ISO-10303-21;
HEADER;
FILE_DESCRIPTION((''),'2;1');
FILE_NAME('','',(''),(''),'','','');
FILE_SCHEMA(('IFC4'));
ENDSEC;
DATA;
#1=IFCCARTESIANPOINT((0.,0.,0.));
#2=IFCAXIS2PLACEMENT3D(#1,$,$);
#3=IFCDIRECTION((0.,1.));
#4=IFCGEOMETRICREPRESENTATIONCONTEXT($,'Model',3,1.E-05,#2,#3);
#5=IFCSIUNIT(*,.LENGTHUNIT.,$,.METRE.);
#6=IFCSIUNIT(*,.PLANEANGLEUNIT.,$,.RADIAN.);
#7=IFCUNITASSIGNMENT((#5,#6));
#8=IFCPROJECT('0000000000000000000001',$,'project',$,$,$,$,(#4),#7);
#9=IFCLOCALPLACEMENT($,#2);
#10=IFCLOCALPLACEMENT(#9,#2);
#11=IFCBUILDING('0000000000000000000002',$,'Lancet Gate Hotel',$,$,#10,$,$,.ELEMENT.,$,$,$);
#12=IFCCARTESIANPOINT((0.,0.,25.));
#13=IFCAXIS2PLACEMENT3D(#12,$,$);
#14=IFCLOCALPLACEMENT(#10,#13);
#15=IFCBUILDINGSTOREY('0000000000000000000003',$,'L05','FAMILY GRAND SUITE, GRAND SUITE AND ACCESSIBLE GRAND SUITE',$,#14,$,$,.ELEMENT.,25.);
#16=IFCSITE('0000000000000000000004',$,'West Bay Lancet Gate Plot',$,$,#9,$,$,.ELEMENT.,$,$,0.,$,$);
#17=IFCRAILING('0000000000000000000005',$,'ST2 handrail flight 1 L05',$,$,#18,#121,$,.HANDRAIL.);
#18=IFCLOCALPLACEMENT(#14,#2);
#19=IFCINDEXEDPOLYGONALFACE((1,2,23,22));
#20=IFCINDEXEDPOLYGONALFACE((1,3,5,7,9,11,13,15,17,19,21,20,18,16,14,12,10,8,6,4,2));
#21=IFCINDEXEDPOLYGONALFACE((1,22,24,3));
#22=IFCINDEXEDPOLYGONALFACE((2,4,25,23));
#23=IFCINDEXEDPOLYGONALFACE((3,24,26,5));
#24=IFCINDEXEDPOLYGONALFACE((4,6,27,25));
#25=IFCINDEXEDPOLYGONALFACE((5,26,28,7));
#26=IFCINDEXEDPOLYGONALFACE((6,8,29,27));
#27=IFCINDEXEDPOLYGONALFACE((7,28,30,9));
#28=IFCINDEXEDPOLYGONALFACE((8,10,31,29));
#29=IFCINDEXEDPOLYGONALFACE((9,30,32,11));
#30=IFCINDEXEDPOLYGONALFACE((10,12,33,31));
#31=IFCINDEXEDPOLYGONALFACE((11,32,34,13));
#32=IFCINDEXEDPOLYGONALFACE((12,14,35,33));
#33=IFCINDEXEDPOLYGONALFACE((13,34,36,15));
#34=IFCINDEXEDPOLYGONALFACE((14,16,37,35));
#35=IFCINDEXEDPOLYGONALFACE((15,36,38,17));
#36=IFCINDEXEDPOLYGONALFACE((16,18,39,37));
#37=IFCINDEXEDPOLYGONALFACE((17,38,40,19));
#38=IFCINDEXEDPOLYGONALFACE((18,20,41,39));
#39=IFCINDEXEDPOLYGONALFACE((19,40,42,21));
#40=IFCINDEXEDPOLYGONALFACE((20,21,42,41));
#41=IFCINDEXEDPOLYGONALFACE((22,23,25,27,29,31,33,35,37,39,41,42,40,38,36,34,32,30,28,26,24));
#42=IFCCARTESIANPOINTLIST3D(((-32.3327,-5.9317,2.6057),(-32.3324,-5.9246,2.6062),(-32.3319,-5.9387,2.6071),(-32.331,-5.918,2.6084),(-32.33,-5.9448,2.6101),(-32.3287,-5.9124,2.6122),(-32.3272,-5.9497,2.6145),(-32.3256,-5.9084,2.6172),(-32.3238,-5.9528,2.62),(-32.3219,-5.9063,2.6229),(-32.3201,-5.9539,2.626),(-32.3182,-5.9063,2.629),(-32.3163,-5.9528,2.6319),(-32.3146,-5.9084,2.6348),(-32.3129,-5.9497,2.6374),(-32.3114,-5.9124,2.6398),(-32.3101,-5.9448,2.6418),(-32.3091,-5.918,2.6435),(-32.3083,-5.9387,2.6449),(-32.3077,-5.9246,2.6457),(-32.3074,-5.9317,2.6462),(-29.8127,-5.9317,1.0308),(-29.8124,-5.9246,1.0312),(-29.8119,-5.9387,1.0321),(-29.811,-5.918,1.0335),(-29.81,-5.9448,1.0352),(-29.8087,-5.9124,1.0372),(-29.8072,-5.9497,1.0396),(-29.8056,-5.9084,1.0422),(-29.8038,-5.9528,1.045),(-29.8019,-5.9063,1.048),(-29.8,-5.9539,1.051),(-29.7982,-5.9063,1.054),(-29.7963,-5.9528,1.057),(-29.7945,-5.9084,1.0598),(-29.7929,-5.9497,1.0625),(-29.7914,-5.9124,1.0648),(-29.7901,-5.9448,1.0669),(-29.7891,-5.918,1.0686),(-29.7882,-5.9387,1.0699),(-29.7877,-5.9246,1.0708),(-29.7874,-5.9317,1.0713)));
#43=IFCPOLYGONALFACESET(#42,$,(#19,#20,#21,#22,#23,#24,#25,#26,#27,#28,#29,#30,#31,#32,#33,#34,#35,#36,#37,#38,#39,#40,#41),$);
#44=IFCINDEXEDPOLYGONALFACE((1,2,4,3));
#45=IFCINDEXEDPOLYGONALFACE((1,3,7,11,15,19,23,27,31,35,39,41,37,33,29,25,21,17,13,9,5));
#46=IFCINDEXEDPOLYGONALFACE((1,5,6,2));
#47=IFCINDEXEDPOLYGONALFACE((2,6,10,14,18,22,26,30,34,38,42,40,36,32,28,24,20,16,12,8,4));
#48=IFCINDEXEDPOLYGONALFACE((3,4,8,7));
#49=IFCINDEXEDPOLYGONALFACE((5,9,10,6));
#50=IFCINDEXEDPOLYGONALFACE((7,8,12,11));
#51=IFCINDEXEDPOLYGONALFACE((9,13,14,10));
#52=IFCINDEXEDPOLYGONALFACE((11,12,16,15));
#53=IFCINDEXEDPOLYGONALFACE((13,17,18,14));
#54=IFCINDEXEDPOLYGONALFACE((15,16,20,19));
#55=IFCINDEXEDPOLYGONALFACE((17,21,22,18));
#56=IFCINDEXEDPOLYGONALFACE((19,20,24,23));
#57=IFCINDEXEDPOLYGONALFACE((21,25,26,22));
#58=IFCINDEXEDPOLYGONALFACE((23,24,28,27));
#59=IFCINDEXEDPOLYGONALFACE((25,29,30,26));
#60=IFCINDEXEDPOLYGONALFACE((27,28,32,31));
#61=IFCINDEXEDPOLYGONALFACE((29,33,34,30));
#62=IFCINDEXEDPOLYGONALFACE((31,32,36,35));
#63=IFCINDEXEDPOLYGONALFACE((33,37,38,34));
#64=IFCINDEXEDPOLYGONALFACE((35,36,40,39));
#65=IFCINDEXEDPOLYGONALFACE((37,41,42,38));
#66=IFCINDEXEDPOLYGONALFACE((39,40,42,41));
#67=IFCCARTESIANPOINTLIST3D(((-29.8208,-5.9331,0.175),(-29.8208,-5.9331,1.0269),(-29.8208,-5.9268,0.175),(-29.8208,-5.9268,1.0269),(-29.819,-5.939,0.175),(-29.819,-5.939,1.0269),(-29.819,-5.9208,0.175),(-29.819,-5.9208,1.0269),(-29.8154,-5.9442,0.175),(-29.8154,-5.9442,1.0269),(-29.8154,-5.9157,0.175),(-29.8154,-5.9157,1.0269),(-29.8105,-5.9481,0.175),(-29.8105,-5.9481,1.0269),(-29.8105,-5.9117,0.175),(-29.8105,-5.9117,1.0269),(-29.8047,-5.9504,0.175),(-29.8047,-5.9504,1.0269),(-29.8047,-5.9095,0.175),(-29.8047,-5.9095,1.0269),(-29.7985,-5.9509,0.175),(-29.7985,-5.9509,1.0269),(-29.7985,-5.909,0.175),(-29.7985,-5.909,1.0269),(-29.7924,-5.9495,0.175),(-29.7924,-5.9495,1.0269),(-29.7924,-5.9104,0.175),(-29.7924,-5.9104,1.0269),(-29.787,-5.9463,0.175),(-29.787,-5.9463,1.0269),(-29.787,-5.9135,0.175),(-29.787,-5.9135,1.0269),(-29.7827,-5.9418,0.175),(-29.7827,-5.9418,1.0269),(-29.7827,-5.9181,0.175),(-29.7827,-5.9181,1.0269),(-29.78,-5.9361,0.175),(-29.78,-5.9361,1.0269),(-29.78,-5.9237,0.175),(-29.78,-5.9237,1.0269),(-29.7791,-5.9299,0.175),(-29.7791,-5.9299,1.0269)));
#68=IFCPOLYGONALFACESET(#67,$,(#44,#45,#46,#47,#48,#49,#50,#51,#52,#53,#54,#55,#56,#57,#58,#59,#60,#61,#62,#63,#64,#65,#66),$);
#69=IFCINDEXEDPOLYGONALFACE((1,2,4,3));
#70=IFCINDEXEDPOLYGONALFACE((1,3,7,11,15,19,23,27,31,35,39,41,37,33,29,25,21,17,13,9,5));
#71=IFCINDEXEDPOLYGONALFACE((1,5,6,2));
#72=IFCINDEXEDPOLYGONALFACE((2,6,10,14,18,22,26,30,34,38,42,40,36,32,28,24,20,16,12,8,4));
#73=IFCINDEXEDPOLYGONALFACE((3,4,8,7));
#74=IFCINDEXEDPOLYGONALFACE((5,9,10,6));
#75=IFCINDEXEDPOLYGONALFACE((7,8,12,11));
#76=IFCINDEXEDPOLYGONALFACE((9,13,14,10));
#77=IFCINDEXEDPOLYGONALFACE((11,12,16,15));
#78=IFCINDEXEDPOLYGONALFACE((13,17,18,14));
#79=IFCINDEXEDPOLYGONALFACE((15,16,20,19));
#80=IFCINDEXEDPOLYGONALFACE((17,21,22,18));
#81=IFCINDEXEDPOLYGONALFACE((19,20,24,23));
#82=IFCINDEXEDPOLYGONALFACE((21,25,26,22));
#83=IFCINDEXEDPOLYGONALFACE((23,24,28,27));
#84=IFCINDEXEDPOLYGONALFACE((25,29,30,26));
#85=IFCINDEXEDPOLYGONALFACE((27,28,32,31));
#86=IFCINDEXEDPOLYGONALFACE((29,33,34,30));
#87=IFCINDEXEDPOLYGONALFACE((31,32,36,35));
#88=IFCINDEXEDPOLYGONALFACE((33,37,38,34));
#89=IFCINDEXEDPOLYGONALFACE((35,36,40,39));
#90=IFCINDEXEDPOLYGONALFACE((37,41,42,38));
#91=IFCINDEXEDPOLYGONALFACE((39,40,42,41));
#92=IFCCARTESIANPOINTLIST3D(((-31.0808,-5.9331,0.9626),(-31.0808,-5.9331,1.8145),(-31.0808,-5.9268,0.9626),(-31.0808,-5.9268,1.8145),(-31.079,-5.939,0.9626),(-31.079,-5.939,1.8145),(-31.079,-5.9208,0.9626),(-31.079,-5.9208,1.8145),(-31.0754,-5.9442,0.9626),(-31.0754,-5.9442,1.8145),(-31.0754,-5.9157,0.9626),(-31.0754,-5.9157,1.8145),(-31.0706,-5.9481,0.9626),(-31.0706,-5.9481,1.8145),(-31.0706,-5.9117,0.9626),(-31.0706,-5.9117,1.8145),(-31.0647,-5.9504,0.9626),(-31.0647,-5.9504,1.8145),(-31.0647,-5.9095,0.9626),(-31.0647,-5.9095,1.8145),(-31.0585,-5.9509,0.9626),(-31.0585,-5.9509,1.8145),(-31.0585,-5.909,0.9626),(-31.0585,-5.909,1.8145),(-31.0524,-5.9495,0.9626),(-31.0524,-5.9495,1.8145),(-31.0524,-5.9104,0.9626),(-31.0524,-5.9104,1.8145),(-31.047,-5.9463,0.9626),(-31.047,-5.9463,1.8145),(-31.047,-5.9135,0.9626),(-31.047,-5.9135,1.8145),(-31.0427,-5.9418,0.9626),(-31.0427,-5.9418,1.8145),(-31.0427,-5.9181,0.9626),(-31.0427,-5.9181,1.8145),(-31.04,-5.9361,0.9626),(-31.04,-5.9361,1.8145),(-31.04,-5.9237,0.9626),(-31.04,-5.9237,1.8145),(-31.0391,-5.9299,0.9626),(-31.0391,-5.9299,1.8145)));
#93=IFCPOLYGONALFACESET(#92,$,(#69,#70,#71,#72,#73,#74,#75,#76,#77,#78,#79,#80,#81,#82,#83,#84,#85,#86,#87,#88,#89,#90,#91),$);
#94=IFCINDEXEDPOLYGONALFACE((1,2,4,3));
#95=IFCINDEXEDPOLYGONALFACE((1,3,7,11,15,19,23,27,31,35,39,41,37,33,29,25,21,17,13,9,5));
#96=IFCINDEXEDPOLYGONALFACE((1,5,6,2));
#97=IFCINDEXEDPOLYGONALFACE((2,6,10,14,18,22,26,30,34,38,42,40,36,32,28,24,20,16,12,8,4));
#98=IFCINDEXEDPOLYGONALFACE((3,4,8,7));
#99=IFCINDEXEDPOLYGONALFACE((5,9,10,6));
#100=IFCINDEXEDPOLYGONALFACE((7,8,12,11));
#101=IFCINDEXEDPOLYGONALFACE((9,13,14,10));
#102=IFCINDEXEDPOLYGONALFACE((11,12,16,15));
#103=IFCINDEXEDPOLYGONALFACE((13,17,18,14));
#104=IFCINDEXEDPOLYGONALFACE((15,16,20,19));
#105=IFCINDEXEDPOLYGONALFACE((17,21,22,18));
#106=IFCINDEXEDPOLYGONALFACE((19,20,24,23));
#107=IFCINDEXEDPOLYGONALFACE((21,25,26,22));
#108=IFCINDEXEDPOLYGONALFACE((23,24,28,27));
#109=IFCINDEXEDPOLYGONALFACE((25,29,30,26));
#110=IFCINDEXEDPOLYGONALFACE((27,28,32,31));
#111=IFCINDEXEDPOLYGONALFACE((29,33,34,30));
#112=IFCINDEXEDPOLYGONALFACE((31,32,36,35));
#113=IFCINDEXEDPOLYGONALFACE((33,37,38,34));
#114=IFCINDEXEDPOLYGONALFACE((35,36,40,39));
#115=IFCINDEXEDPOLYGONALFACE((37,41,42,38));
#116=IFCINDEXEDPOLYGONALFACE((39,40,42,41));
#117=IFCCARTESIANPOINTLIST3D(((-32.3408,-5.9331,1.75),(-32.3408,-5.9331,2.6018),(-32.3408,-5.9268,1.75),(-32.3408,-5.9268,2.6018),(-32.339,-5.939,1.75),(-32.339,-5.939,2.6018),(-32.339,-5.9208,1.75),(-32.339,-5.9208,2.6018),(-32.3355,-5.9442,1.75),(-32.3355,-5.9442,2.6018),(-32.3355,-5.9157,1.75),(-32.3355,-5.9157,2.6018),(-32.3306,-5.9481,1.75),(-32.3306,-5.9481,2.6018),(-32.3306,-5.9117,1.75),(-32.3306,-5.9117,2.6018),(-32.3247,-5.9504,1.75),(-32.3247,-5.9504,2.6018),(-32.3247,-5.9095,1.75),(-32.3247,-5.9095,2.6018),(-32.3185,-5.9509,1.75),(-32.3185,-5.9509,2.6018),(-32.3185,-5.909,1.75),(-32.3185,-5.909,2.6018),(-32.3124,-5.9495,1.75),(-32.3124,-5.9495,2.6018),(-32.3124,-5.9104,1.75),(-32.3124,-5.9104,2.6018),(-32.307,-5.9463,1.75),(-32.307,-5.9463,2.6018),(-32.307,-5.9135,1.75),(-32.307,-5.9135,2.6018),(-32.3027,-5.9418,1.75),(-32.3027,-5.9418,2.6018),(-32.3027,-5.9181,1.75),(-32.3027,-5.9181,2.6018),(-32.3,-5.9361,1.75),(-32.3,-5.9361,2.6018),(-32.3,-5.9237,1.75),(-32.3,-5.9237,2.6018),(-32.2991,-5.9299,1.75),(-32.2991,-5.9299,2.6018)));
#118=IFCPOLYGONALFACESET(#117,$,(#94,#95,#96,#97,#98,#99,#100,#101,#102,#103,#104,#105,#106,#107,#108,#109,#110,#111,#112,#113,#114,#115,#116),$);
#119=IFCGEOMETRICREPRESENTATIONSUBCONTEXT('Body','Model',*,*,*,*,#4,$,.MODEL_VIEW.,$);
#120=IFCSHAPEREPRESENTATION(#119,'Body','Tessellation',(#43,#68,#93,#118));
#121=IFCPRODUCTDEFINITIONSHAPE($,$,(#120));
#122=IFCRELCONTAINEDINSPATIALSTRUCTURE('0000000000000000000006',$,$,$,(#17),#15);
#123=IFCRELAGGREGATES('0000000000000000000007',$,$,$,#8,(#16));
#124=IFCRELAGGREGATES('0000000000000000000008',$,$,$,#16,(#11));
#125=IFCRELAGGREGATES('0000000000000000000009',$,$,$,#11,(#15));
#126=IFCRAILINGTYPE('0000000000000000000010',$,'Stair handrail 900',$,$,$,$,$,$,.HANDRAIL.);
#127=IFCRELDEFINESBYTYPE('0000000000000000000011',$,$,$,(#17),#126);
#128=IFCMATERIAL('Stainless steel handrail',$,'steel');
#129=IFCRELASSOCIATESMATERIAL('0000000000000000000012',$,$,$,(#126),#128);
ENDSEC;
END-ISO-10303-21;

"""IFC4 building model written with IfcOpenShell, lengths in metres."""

from ifc_helpers import new_model, si_unit, direction, frame, origin, origin_2d, place, context, subcontext, project, spatial, circle, extrude, material, type_object, element, save


model = new_model("IFC4")

# Units and contexts
model_context = context("Model", 3, precision=1e-05, world=origin(), true_north=direction((0.0, 1.0)))
body_context = subcontext(model_context, "Body", "Model", "MODEL_VIEW")
ifc_project = project(units=[si_unit("LENGTHUNIT", "METRE"), si_unit("PLANEANGLEUNIT", "RADIAN")], contexts=[model_context])

# Site, building, storey
site_placement = place(None, origin())
site = spatial("IfcSite", under=ifc_project, at=site_placement, Name="West Bay Lancet Gate Plot", CompositionType="ELEMENT", RefElevation=0.0)
building_placement = place(site_placement, origin())
building = spatial("IfcBuilding", under=site, at=building_placement, Name="Lancet Gate Hotel", CompositionType="ELEMENT")
storey_placement = place(building_placement, frame((0.0, 0.0, 25.0)))
storey = spatial("IfcBuildingStorey", under=building, at=storey_placement, Name="L05", Description="FAMILY GRAND SUITE, GRAND SUITE AND ACCESSIBLE GRAND SUITE", CompositionType="ELEMENT", Elevation=25.0)

# Railing
ifc_material_1 = material(Name="Stainless steel handrail", Category="steel")
railing_type = type_object("IfcRailingType", Name="Stair handrail 900", PredefinedType="HANDRAIL", material=ifc_material_1)
railing_1_placement = place(storey_placement, frame((-29.8, -5.9299, 0.175)))
element("IfcRailing", 1, at=railing_1_placement, inside=storey, type_object=railing_type, Name="ST2 handrail flight 1 L05", PredefinedType="HANDRAIL", context=body_context, shape_type="SweptSolid", body=[
    extrude(circle(Radius=0.0239, at=origin_2d()), frame((0.0, 0.0, 0.876), z_axis=(-0.848008, 0.0, 0.529984), x_axis=(0.0, -1.0, 0.0)), (0.0, 0.0, 1.0), 2.9717),
    extrude(circle(Radius=0.021, at=origin_2d()), origin(), (0.0, 0.0, 1.0), 0.8518),
    extrude(circle(Radius=0.021, at=origin_2d()), frame((-1.26, 0.0, 0.7876)), (0.0, 0.0, 1.0), 0.8518),
    extrude(circle(Radius=0.021, at=origin_2d()), frame((-2.52, 0.0, 1.575)), (0.0, 0.0, 1.0), 0.8518),
])

save(model, "model.ifc")
